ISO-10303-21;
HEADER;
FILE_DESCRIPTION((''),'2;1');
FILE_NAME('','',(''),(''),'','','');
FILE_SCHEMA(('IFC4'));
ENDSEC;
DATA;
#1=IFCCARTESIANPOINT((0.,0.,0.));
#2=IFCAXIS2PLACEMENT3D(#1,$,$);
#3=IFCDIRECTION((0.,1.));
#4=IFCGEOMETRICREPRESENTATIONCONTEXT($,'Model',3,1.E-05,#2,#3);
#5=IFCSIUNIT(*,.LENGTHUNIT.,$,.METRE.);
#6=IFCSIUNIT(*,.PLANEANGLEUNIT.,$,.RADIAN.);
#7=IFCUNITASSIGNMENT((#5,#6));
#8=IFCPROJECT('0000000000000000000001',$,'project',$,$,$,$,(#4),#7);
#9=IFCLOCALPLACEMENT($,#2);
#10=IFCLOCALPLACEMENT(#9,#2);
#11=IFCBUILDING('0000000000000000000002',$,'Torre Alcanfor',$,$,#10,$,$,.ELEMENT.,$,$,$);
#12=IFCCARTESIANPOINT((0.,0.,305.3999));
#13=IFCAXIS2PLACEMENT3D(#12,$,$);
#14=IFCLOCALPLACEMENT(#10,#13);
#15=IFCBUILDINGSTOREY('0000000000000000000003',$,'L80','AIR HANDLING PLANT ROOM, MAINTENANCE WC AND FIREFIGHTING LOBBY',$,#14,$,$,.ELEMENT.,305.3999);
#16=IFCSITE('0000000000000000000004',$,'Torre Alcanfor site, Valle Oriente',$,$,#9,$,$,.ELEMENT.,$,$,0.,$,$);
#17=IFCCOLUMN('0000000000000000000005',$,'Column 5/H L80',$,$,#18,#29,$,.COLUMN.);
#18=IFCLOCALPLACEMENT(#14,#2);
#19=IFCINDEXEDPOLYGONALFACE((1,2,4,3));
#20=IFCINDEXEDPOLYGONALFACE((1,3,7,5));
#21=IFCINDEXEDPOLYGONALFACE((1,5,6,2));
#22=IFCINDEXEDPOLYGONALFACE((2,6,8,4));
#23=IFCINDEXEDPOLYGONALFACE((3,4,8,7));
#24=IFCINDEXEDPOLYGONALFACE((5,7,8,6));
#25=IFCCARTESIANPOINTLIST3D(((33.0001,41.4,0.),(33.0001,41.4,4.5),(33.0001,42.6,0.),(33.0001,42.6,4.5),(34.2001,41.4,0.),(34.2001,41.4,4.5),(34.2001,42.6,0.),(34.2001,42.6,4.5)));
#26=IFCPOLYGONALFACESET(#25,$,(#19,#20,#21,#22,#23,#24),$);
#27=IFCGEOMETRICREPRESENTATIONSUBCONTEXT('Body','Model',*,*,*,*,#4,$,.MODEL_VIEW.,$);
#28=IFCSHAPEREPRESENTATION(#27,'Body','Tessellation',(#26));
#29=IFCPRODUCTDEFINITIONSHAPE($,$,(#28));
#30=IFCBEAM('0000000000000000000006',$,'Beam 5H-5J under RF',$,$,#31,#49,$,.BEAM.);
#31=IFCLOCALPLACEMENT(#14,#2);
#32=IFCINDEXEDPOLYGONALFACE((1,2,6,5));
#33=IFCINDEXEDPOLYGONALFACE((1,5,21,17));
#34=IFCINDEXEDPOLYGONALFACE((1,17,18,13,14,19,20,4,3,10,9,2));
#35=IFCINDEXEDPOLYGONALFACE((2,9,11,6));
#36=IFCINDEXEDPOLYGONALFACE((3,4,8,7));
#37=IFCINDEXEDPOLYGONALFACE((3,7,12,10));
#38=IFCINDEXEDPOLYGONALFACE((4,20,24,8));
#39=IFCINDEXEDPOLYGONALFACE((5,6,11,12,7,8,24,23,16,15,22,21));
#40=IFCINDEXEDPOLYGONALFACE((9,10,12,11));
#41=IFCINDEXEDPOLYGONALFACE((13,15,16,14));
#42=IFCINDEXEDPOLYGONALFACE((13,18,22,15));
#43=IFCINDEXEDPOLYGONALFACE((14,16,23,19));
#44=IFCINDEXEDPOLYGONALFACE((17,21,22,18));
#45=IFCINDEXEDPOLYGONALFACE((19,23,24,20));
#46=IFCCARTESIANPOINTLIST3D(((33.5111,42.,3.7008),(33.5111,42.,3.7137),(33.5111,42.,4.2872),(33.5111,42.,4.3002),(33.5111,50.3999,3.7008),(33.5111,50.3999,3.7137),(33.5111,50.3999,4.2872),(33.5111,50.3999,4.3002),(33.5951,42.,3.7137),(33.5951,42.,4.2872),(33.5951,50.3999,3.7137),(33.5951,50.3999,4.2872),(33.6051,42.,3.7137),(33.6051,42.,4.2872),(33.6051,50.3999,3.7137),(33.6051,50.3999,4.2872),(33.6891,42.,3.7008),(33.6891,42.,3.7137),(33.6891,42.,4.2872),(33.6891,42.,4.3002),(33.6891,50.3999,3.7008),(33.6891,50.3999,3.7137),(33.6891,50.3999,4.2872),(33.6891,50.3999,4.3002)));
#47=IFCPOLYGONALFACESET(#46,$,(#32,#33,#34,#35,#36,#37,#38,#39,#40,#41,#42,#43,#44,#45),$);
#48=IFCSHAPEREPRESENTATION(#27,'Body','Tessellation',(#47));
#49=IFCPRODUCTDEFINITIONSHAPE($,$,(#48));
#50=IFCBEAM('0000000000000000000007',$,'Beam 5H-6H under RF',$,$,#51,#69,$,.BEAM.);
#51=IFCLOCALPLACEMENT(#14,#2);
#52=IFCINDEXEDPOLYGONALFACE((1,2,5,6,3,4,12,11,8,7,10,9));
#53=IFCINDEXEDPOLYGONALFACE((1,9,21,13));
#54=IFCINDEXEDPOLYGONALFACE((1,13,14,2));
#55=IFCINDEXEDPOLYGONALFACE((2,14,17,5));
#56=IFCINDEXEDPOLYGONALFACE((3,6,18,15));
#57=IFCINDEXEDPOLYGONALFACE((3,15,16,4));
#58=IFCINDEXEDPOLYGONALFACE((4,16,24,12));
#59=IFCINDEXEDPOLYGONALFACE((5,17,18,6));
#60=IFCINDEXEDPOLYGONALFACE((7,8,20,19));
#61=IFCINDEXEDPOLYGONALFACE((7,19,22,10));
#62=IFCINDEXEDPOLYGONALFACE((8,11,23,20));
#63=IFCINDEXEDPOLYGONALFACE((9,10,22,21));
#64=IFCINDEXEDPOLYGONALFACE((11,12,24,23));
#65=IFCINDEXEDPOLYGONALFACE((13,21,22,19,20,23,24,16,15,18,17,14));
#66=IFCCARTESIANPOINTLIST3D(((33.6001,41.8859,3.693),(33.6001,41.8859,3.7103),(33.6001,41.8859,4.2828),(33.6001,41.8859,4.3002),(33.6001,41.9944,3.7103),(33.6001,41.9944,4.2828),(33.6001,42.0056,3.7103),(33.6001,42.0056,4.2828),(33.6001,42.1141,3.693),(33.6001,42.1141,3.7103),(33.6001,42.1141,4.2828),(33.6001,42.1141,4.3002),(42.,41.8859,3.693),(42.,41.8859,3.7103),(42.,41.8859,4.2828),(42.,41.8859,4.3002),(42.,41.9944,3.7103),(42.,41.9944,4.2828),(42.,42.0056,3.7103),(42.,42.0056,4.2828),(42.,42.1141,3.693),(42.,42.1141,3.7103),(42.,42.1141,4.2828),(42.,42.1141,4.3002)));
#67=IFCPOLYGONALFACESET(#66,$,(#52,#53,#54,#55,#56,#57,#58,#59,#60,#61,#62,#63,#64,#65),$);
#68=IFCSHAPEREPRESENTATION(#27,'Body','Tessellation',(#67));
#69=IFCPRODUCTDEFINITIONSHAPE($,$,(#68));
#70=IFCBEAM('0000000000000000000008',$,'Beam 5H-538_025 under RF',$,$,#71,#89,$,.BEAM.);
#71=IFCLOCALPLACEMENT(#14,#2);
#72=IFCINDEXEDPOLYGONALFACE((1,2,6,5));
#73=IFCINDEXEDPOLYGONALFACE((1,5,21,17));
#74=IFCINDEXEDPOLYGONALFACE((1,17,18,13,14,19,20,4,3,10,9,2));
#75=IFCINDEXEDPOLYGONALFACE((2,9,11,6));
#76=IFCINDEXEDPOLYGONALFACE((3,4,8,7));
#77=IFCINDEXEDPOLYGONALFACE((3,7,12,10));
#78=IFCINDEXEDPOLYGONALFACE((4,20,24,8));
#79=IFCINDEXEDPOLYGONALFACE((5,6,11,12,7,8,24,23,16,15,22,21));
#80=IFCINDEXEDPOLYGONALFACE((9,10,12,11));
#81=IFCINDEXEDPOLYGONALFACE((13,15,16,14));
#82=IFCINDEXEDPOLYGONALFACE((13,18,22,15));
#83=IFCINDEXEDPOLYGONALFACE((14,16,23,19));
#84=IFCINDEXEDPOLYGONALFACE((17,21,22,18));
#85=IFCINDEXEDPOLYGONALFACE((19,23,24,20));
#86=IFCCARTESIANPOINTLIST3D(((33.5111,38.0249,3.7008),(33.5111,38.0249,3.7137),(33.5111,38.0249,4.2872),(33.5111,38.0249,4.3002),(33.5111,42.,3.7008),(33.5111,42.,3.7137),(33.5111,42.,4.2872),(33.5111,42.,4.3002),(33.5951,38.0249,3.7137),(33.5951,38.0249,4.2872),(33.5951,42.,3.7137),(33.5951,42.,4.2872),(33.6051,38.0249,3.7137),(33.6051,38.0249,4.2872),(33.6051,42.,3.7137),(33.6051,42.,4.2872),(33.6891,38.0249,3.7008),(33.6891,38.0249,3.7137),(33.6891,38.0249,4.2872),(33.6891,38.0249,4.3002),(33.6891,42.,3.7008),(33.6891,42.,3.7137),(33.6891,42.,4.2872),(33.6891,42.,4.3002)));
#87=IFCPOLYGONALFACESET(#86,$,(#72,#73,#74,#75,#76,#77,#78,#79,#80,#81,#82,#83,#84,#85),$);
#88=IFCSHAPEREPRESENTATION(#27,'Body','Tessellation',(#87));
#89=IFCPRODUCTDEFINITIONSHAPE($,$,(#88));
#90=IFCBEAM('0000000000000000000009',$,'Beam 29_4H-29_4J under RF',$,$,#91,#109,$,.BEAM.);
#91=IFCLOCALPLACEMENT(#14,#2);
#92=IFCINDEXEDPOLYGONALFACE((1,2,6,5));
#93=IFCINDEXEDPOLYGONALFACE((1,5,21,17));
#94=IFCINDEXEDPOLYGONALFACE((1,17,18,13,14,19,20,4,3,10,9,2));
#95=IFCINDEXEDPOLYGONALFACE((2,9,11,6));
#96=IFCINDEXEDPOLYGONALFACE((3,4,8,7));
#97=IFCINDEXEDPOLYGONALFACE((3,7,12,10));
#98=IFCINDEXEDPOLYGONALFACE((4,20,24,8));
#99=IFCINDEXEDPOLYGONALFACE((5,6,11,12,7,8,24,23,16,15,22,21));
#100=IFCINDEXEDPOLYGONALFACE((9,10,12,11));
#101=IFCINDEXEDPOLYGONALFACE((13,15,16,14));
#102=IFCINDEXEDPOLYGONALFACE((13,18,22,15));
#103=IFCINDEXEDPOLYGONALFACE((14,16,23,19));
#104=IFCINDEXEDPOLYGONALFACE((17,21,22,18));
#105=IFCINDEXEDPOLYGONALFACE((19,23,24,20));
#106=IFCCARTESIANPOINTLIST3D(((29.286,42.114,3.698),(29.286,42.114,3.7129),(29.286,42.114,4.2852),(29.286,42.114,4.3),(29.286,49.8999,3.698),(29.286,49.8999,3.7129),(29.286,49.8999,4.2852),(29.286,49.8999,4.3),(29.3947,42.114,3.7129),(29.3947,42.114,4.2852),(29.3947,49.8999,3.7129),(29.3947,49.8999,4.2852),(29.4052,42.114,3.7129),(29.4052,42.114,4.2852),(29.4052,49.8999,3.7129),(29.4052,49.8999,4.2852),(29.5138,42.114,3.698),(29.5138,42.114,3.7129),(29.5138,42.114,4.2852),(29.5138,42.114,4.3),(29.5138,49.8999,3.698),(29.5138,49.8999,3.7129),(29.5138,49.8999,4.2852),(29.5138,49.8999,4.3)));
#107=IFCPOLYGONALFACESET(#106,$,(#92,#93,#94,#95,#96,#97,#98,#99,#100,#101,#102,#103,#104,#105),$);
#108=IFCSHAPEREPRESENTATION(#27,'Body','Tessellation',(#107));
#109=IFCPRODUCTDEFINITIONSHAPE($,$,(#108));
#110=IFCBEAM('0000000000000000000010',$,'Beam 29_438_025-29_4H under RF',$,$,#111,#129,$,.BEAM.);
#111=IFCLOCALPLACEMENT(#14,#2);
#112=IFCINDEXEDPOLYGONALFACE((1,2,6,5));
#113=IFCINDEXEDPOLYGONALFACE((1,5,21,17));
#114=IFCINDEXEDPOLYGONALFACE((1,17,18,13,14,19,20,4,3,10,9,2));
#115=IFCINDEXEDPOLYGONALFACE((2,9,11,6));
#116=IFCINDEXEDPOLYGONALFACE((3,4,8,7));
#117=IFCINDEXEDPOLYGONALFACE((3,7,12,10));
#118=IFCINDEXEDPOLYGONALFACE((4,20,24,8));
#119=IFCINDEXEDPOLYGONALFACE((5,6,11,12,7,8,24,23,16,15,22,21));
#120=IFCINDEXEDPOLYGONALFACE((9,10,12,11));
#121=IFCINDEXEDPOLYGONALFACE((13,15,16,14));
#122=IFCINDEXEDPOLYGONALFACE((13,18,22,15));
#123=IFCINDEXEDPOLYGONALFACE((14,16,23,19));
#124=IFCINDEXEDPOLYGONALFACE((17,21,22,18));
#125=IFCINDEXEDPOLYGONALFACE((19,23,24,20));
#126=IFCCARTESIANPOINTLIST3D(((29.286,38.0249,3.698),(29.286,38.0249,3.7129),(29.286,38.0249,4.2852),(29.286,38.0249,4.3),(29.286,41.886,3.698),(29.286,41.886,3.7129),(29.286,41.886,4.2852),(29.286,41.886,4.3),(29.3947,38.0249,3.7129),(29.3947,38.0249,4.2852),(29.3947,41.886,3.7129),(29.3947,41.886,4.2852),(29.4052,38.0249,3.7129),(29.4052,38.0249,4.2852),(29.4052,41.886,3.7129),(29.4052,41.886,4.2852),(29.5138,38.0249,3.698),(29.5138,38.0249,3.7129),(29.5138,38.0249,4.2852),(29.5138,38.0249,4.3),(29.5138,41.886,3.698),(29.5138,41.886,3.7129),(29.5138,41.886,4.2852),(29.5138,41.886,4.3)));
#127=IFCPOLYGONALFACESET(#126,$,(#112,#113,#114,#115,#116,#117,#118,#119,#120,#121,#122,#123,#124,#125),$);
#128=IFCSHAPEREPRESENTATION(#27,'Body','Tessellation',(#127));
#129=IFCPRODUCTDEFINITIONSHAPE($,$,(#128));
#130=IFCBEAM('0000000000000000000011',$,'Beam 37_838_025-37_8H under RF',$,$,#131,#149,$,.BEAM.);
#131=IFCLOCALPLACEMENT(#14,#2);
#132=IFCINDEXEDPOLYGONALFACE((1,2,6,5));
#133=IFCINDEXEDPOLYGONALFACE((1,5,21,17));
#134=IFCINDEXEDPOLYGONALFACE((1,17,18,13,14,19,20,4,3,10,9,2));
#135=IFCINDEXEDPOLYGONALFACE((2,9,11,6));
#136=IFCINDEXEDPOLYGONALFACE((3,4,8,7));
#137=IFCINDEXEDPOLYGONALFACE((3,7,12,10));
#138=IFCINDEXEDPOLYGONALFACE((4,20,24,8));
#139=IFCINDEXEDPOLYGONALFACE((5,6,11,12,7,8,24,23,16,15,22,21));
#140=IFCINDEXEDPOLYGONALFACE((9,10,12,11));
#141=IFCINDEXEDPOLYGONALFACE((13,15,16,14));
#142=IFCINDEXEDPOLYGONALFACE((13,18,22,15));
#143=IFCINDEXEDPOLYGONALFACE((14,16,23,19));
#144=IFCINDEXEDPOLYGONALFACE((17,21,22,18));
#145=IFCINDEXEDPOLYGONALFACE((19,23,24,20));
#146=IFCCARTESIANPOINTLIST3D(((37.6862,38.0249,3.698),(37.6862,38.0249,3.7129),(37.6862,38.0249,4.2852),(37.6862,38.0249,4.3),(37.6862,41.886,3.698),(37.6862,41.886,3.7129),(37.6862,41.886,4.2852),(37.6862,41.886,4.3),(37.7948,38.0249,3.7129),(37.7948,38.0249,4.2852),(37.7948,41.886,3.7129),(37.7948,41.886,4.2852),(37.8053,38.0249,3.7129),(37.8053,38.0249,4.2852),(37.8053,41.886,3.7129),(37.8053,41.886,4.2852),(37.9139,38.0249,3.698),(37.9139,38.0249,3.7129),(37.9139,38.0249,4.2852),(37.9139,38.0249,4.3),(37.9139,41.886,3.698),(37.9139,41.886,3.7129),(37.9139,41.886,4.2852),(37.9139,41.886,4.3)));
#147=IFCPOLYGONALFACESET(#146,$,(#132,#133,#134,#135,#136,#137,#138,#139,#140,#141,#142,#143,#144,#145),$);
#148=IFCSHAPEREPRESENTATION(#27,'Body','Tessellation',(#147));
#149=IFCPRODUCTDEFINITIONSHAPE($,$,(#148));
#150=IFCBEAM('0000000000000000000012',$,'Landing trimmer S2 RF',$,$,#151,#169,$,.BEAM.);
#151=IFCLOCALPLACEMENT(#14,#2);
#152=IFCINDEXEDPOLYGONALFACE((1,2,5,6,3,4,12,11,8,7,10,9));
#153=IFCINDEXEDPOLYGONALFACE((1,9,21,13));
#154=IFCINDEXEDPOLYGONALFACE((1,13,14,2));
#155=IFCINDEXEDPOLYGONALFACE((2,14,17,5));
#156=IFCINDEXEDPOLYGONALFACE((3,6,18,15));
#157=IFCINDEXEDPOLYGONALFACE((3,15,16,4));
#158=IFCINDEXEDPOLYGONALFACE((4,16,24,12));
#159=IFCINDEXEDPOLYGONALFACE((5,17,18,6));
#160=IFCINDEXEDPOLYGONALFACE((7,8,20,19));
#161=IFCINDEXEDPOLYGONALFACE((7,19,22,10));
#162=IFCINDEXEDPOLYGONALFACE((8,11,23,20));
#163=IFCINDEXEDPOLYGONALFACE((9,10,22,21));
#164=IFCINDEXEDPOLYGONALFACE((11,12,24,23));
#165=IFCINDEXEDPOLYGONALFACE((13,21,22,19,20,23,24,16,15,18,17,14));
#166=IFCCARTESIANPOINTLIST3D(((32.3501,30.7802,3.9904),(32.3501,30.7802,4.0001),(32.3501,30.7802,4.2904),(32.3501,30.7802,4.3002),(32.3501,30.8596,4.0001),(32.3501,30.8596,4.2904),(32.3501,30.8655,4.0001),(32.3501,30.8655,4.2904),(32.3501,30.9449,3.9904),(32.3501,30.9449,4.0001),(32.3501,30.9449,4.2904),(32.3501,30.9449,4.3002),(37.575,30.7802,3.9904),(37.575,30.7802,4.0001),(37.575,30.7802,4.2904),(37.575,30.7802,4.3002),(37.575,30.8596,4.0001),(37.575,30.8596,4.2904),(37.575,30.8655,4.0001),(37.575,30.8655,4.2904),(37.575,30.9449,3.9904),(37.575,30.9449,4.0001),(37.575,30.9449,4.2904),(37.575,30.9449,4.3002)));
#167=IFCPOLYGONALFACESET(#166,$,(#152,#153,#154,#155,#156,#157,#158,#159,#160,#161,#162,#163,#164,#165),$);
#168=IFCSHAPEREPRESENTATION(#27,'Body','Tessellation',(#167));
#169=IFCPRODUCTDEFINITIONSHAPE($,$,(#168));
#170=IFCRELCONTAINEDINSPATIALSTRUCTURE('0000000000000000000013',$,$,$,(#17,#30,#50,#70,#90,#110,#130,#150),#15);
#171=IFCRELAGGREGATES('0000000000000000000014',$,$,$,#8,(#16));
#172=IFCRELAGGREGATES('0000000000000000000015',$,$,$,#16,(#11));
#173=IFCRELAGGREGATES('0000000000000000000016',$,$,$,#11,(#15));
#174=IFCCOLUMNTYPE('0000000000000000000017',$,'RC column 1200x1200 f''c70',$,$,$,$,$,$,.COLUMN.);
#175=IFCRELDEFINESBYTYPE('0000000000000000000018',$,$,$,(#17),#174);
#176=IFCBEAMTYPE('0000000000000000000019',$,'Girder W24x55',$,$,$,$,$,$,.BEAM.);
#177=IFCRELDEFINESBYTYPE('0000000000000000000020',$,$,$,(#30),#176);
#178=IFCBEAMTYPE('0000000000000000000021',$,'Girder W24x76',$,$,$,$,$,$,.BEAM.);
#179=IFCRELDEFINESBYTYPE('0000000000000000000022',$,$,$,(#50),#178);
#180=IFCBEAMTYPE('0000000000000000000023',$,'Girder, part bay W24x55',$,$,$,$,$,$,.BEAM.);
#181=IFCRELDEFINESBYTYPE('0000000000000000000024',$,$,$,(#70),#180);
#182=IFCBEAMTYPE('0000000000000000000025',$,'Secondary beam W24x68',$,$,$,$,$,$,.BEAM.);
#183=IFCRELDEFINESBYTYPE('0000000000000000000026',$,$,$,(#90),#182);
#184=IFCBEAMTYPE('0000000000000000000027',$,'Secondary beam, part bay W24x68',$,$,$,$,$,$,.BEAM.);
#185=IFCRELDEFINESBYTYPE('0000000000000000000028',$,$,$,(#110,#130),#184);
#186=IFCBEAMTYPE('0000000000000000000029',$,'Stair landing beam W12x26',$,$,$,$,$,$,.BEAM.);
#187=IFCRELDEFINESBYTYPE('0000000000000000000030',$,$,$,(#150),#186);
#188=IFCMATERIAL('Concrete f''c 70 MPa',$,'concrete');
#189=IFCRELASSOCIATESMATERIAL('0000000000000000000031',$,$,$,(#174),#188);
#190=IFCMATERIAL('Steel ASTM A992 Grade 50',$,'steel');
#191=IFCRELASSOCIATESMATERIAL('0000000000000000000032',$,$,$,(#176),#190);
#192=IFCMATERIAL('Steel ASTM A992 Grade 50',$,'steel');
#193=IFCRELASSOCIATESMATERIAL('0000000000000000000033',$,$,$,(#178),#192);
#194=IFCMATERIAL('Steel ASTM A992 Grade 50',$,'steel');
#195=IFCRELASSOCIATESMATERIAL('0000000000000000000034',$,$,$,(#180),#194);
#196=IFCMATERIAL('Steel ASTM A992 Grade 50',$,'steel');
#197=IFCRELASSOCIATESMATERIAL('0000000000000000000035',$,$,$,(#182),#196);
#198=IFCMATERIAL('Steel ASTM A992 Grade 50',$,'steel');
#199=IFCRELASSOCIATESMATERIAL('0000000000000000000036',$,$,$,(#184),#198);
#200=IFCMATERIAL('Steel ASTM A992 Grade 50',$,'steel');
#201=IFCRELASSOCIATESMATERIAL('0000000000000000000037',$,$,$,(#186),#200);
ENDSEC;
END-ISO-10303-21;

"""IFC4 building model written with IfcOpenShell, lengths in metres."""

from ifc_helpers import new_model, si_unit, direction, frame, origin, origin_2d, place, context, subcontext, project, spatial, rectangle, i_section, extrude, material, material_profile, profile_set, type_object, element, save


model = new_model("IFC4")

# Units and contexts
model_context = context("Model", 3, precision=1e-05, world=origin(), true_north=direction((0.0, 1.0)))
body_context = subcontext(model_context, "Body", "Model", "MODEL_VIEW")
ifc_project = project(units=[si_unit("LENGTHUNIT", "METRE"), si_unit("PLANEANGLEUNIT", "RADIAN")], contexts=[model_context])

# Site, building, storey
site_placement = place(None, origin())
site = spatial("IfcSite", under=ifc_project, at=site_placement, Name="Torre Alcanfor site, Valle Oriente", CompositionType="ELEMENT", RefElevation=0.0)
building_placement = place(site_placement, origin())
building = spatial("IfcBuilding", under=site, at=building_placement, Name="Torre Alcanfor", CompositionType="ELEMENT")
storey_placement = place(building_placement, frame((0.0, 0.0, 305.3999)))
storey = spatial("IfcBuildingStorey", under=building, at=storey_placement, Name="L80", Description="AIR HANDLING PLANT ROOM, MAINTENANCE WC AND FIREFIGHTING LOBBY", CompositionType="ELEMENT", Elevation=305.3999)

# Column
ifc_material_1 = material(Name="Concrete f'c 70 MPa", Category="concrete")
ifc_material_profile_1 = material_profile(ifc_material_1, rectangle(XDim=1.2, YDim=1.2, at=origin_2d()), Name="1200x1200")
ifc_profile_set_1 = profile_set([ifc_material_profile_1], Name="Concrete f'c 70 MPa")
column_type = type_object("IfcColumnType", Name="RC column 1200x1200 f'c70", PredefinedType="COLUMN", material=ifc_profile_set_1)
column_placement = place(storey_placement, frame((33.6001, 42.0, 0.0), z_axis=(0.0, 0.0, 1.0), x_axis=(1.0, 0.0, 0.0)))
element("IfcColumn", 1, at=column_placement, inside=storey, type_object=column_type, Name="Column 5/H L80", PredefinedType="COLUMN", context=body_context, shape_type="SweptSolid", body=[
    extrude(rectangle(XDim=1.2, YDim=1.2, at=origin_2d()), origin(), (0.0, 0.0, 1.0), 4.5),
])

# Beams
ifc_material_2 = material(Name="Steel ASTM A992 Grade 50", Category="steel")
ifc_material_profile_2 = material_profile(ifc_material_2, i_section(OverallWidth=0.178, OverallDepth=0.5994, WebThickness=0.01, FlangeThickness=0.0129, at=origin_2d()), Name="W24x55")
ifc_profile_set_2 = profile_set([ifc_material_profile_2], Name="Steel ASTM A992 Grade 50")
beam_type_1 = type_object("IfcBeamType", Name="Girder W24x55", PredefinedType="BEAM", material=ifc_profile_set_2)
beam_1_placement = place(storey_placement, frame((33.6001, 42.0, 4.0005), z_axis=(0.0, 1.0, 0.0), x_axis=(-1.0, 0.0, 0.0)))
element("IfcBeam", 2, at=beam_1_placement, inside=storey, type_object=beam_type_1, Name="Beam 5H-5J under RF", PredefinedType="BEAM", context=body_context, shape_type="SweptSolid", body=[
    extrude(i_section(OverallWidth=0.178, OverallDepth=0.5994, WebThickness=0.01, FlangeThickness=0.0129, at=origin_2d()), origin(), (0.0, 0.0, 1.0), 8.3999),
])
ifc_material_3 = material(Name="Steel ASTM A992 Grade 50", Category="steel")
ifc_material_profile_3 = material_profile(ifc_material_3, i_section(OverallWidth=0.2283, OverallDepth=0.6072, WebThickness=0.0112, FlangeThickness=0.0173, at=origin_2d()), Name="W24x76")
ifc_profile_set_3 = profile_set([ifc_material_profile_3], Name="Steel ASTM A992 Grade 50")
beam_type_2 = type_object("IfcBeamType", Name="Girder W24x76", PredefinedType="BEAM", material=ifc_profile_set_3)
beam_2_placement = place(storey_placement, frame((33.6001, 42.0, 3.9966), z_axis=(1.0, 0.0, 0.0), x_axis=(0.0, 1.0, 0.0)))
element("IfcBeam", 3, at=beam_2_placement, inside=storey, type_object=beam_type_2, Name="Beam 5H-6H under RF", PredefinedType="BEAM", context=body_context, shape_type="SweptSolid", body=[
    extrude(i_section(OverallWidth=0.2283, OverallDepth=0.6072, WebThickness=0.0112, FlangeThickness=0.0173, at=origin_2d()), origin(), (0.0, 0.0, 1.0), 8.3999),
])
ifc_material_4 = material(Name="Steel ASTM A992 Grade 50", Category="steel")
ifc_material_profile_4 = material_profile(ifc_material_4, i_section(OverallWidth=0.178, OverallDepth=0.5994, WebThickness=0.01, FlangeThickness=0.0129, at=origin_2d()), Name="W24x55")
ifc_profile_set_4 = profile_set([ifc_material_profile_4], Name="Steel ASTM A992 Grade 50")
beam_type_3 = type_object("IfcBeamType", Name="Girder, part bay W24x55", PredefinedType="BEAM", material=ifc_profile_set_4)
beam_3_placement = place(storey_placement, frame((33.6001, 42.0, 4.0005), z_axis=(0.0, -1.0, 0.0), x_axis=(1.0, 0.0, 0.0)))
element("IfcBeam", 4, at=beam_3_placement, inside=storey, type_object=beam_type_3, Name="Beam 5H-538_025 under RF", PredefinedType="BEAM", context=body_context, shape_type="SweptSolid", body=[
    extrude(i_section(OverallWidth=0.178, OverallDepth=0.5994, WebThickness=0.01, FlangeThickness=0.0129, at=origin_2d()), origin(), (0.0, 0.0, 1.0), 3.9751),
])
ifc_material_5 = material(Name="Steel ASTM A992 Grade 50", Category="steel")
ifc_material_profile_5 = material_profile(ifc_material_5, i_section(OverallWidth=0.2278, OverallDepth=0.6021, WebThickness=0.0105, FlangeThickness=0.0149, at=origin_2d()), Name="W24x68")
ifc_profile_set_5 = profile_set([ifc_material_profile_5], Name="Steel ASTM A992 Grade 50")
beam_type_4 = type_object("IfcBeamType", Name="Secondary beam W24x68", PredefinedType="BEAM", material=ifc_profile_set_5)
beam_4_placement = place(storey_placement, frame((29.3999, 42.114, 3.999), z_axis=(0.0, 1.0, 0.0), x_axis=(-1.0, 0.0, 0.0)))
element("IfcBeam", 5, at=beam_4_placement, inside=storey, type_object=beam_type_4, Name="Beam 29_4H-29_4J under RF", PredefinedType="BEAM", context=body_context, shape_type="SweptSolid", body=[
    extrude(i_section(OverallWidth=0.2278, OverallDepth=0.6021, WebThickness=0.0105, FlangeThickness=0.0149, at=origin_2d()), origin(), (0.0, 0.0, 1.0), 7.7859),
])
ifc_material_6 = material(Name="Steel ASTM A992 Grade 50", Category="steel")
ifc_material_profile_6 = material_profile(ifc_material_6, i_section(OverallWidth=0.2278, OverallDepth=0.6021, WebThickness=0.0105, FlangeThickness=0.0149, at=origin_2d()), Name="W24x68")
ifc_profile_set_6 = profile_set([ifc_material_profile_6], Name="Steel ASTM A992 Grade 50")
beam_type_5 = type_object("IfcBeamType", Name="Secondary beam, part bay W24x68", PredefinedType="BEAM", material=ifc_profile_set_6)
for number, where, z_axis, x_axis, name in (
    (6, (29.3999, 38.0249, 3.999), (0.0, 1.0, 0.0), (-1.0, 0.0, 0.0), "Beam 29_438_025-29_4H under RF"),
    (7, (37.8, 38.0249, 3.999), (0.0, 1.0, 0.0), (-1.0, 0.0, 0.0), "Beam 37_838_025-37_8H under RF"),
):
    element("IfcBeam", number, at=place(storey_placement, frame(where, z_axis=z_axis, x_axis=x_axis)), inside=storey, type_object=beam_type_5, Name=name, PredefinedType="BEAM", context=body_context, shape_type="SweptSolid", body=[
        extrude(i_section(OverallWidth=0.2278, OverallDepth=0.6021, WebThickness=0.0105, FlangeThickness=0.0149, at=origin_2d()), origin(), (0.0, 0.0, 1.0), 3.8611),
    ])
ifc_material_7 = material(Name="Steel ASTM A992 Grade 50", Category="steel")
ifc_material_profile_7 = material_profile(ifc_material_7, i_section(OverallWidth=0.1648, OverallDepth=0.3098, WebThickness=0.0059, FlangeThickness=0.0098, at=origin_2d()), Name="W12x26")
ifc_profile_set_7 = profile_set([ifc_material_profile_7], Name="Steel ASTM A992 Grade 50")
beam_type_6 = type_object("IfcBeamType", Name="Stair landing beam W12x26", PredefinedType="BEAM", material=ifc_profile_set_7)
beam_5_placement = place(storey_placement, frame((32.3501, 30.8625, 4.1453), z_axis=(1.0, 0.0, 0.0), x_axis=(0.0, 1.0, 0.0)))
element("IfcBeam", 8, at=beam_5_placement, inside=storey, type_object=beam_type_6, Name="Landing trimmer S2 RF", PredefinedType="BEAM", context=body_context, shape_type="SweptSolid", body=[
    extrude(i_section(OverallWidth=0.1648, OverallDepth=0.3098, WebThickness=0.0059, FlangeThickness=0.0098, at=origin_2d()), origin(), (0.0, 0.0, 1.0), 5.2249),
])

save(model, "model.ifc")
